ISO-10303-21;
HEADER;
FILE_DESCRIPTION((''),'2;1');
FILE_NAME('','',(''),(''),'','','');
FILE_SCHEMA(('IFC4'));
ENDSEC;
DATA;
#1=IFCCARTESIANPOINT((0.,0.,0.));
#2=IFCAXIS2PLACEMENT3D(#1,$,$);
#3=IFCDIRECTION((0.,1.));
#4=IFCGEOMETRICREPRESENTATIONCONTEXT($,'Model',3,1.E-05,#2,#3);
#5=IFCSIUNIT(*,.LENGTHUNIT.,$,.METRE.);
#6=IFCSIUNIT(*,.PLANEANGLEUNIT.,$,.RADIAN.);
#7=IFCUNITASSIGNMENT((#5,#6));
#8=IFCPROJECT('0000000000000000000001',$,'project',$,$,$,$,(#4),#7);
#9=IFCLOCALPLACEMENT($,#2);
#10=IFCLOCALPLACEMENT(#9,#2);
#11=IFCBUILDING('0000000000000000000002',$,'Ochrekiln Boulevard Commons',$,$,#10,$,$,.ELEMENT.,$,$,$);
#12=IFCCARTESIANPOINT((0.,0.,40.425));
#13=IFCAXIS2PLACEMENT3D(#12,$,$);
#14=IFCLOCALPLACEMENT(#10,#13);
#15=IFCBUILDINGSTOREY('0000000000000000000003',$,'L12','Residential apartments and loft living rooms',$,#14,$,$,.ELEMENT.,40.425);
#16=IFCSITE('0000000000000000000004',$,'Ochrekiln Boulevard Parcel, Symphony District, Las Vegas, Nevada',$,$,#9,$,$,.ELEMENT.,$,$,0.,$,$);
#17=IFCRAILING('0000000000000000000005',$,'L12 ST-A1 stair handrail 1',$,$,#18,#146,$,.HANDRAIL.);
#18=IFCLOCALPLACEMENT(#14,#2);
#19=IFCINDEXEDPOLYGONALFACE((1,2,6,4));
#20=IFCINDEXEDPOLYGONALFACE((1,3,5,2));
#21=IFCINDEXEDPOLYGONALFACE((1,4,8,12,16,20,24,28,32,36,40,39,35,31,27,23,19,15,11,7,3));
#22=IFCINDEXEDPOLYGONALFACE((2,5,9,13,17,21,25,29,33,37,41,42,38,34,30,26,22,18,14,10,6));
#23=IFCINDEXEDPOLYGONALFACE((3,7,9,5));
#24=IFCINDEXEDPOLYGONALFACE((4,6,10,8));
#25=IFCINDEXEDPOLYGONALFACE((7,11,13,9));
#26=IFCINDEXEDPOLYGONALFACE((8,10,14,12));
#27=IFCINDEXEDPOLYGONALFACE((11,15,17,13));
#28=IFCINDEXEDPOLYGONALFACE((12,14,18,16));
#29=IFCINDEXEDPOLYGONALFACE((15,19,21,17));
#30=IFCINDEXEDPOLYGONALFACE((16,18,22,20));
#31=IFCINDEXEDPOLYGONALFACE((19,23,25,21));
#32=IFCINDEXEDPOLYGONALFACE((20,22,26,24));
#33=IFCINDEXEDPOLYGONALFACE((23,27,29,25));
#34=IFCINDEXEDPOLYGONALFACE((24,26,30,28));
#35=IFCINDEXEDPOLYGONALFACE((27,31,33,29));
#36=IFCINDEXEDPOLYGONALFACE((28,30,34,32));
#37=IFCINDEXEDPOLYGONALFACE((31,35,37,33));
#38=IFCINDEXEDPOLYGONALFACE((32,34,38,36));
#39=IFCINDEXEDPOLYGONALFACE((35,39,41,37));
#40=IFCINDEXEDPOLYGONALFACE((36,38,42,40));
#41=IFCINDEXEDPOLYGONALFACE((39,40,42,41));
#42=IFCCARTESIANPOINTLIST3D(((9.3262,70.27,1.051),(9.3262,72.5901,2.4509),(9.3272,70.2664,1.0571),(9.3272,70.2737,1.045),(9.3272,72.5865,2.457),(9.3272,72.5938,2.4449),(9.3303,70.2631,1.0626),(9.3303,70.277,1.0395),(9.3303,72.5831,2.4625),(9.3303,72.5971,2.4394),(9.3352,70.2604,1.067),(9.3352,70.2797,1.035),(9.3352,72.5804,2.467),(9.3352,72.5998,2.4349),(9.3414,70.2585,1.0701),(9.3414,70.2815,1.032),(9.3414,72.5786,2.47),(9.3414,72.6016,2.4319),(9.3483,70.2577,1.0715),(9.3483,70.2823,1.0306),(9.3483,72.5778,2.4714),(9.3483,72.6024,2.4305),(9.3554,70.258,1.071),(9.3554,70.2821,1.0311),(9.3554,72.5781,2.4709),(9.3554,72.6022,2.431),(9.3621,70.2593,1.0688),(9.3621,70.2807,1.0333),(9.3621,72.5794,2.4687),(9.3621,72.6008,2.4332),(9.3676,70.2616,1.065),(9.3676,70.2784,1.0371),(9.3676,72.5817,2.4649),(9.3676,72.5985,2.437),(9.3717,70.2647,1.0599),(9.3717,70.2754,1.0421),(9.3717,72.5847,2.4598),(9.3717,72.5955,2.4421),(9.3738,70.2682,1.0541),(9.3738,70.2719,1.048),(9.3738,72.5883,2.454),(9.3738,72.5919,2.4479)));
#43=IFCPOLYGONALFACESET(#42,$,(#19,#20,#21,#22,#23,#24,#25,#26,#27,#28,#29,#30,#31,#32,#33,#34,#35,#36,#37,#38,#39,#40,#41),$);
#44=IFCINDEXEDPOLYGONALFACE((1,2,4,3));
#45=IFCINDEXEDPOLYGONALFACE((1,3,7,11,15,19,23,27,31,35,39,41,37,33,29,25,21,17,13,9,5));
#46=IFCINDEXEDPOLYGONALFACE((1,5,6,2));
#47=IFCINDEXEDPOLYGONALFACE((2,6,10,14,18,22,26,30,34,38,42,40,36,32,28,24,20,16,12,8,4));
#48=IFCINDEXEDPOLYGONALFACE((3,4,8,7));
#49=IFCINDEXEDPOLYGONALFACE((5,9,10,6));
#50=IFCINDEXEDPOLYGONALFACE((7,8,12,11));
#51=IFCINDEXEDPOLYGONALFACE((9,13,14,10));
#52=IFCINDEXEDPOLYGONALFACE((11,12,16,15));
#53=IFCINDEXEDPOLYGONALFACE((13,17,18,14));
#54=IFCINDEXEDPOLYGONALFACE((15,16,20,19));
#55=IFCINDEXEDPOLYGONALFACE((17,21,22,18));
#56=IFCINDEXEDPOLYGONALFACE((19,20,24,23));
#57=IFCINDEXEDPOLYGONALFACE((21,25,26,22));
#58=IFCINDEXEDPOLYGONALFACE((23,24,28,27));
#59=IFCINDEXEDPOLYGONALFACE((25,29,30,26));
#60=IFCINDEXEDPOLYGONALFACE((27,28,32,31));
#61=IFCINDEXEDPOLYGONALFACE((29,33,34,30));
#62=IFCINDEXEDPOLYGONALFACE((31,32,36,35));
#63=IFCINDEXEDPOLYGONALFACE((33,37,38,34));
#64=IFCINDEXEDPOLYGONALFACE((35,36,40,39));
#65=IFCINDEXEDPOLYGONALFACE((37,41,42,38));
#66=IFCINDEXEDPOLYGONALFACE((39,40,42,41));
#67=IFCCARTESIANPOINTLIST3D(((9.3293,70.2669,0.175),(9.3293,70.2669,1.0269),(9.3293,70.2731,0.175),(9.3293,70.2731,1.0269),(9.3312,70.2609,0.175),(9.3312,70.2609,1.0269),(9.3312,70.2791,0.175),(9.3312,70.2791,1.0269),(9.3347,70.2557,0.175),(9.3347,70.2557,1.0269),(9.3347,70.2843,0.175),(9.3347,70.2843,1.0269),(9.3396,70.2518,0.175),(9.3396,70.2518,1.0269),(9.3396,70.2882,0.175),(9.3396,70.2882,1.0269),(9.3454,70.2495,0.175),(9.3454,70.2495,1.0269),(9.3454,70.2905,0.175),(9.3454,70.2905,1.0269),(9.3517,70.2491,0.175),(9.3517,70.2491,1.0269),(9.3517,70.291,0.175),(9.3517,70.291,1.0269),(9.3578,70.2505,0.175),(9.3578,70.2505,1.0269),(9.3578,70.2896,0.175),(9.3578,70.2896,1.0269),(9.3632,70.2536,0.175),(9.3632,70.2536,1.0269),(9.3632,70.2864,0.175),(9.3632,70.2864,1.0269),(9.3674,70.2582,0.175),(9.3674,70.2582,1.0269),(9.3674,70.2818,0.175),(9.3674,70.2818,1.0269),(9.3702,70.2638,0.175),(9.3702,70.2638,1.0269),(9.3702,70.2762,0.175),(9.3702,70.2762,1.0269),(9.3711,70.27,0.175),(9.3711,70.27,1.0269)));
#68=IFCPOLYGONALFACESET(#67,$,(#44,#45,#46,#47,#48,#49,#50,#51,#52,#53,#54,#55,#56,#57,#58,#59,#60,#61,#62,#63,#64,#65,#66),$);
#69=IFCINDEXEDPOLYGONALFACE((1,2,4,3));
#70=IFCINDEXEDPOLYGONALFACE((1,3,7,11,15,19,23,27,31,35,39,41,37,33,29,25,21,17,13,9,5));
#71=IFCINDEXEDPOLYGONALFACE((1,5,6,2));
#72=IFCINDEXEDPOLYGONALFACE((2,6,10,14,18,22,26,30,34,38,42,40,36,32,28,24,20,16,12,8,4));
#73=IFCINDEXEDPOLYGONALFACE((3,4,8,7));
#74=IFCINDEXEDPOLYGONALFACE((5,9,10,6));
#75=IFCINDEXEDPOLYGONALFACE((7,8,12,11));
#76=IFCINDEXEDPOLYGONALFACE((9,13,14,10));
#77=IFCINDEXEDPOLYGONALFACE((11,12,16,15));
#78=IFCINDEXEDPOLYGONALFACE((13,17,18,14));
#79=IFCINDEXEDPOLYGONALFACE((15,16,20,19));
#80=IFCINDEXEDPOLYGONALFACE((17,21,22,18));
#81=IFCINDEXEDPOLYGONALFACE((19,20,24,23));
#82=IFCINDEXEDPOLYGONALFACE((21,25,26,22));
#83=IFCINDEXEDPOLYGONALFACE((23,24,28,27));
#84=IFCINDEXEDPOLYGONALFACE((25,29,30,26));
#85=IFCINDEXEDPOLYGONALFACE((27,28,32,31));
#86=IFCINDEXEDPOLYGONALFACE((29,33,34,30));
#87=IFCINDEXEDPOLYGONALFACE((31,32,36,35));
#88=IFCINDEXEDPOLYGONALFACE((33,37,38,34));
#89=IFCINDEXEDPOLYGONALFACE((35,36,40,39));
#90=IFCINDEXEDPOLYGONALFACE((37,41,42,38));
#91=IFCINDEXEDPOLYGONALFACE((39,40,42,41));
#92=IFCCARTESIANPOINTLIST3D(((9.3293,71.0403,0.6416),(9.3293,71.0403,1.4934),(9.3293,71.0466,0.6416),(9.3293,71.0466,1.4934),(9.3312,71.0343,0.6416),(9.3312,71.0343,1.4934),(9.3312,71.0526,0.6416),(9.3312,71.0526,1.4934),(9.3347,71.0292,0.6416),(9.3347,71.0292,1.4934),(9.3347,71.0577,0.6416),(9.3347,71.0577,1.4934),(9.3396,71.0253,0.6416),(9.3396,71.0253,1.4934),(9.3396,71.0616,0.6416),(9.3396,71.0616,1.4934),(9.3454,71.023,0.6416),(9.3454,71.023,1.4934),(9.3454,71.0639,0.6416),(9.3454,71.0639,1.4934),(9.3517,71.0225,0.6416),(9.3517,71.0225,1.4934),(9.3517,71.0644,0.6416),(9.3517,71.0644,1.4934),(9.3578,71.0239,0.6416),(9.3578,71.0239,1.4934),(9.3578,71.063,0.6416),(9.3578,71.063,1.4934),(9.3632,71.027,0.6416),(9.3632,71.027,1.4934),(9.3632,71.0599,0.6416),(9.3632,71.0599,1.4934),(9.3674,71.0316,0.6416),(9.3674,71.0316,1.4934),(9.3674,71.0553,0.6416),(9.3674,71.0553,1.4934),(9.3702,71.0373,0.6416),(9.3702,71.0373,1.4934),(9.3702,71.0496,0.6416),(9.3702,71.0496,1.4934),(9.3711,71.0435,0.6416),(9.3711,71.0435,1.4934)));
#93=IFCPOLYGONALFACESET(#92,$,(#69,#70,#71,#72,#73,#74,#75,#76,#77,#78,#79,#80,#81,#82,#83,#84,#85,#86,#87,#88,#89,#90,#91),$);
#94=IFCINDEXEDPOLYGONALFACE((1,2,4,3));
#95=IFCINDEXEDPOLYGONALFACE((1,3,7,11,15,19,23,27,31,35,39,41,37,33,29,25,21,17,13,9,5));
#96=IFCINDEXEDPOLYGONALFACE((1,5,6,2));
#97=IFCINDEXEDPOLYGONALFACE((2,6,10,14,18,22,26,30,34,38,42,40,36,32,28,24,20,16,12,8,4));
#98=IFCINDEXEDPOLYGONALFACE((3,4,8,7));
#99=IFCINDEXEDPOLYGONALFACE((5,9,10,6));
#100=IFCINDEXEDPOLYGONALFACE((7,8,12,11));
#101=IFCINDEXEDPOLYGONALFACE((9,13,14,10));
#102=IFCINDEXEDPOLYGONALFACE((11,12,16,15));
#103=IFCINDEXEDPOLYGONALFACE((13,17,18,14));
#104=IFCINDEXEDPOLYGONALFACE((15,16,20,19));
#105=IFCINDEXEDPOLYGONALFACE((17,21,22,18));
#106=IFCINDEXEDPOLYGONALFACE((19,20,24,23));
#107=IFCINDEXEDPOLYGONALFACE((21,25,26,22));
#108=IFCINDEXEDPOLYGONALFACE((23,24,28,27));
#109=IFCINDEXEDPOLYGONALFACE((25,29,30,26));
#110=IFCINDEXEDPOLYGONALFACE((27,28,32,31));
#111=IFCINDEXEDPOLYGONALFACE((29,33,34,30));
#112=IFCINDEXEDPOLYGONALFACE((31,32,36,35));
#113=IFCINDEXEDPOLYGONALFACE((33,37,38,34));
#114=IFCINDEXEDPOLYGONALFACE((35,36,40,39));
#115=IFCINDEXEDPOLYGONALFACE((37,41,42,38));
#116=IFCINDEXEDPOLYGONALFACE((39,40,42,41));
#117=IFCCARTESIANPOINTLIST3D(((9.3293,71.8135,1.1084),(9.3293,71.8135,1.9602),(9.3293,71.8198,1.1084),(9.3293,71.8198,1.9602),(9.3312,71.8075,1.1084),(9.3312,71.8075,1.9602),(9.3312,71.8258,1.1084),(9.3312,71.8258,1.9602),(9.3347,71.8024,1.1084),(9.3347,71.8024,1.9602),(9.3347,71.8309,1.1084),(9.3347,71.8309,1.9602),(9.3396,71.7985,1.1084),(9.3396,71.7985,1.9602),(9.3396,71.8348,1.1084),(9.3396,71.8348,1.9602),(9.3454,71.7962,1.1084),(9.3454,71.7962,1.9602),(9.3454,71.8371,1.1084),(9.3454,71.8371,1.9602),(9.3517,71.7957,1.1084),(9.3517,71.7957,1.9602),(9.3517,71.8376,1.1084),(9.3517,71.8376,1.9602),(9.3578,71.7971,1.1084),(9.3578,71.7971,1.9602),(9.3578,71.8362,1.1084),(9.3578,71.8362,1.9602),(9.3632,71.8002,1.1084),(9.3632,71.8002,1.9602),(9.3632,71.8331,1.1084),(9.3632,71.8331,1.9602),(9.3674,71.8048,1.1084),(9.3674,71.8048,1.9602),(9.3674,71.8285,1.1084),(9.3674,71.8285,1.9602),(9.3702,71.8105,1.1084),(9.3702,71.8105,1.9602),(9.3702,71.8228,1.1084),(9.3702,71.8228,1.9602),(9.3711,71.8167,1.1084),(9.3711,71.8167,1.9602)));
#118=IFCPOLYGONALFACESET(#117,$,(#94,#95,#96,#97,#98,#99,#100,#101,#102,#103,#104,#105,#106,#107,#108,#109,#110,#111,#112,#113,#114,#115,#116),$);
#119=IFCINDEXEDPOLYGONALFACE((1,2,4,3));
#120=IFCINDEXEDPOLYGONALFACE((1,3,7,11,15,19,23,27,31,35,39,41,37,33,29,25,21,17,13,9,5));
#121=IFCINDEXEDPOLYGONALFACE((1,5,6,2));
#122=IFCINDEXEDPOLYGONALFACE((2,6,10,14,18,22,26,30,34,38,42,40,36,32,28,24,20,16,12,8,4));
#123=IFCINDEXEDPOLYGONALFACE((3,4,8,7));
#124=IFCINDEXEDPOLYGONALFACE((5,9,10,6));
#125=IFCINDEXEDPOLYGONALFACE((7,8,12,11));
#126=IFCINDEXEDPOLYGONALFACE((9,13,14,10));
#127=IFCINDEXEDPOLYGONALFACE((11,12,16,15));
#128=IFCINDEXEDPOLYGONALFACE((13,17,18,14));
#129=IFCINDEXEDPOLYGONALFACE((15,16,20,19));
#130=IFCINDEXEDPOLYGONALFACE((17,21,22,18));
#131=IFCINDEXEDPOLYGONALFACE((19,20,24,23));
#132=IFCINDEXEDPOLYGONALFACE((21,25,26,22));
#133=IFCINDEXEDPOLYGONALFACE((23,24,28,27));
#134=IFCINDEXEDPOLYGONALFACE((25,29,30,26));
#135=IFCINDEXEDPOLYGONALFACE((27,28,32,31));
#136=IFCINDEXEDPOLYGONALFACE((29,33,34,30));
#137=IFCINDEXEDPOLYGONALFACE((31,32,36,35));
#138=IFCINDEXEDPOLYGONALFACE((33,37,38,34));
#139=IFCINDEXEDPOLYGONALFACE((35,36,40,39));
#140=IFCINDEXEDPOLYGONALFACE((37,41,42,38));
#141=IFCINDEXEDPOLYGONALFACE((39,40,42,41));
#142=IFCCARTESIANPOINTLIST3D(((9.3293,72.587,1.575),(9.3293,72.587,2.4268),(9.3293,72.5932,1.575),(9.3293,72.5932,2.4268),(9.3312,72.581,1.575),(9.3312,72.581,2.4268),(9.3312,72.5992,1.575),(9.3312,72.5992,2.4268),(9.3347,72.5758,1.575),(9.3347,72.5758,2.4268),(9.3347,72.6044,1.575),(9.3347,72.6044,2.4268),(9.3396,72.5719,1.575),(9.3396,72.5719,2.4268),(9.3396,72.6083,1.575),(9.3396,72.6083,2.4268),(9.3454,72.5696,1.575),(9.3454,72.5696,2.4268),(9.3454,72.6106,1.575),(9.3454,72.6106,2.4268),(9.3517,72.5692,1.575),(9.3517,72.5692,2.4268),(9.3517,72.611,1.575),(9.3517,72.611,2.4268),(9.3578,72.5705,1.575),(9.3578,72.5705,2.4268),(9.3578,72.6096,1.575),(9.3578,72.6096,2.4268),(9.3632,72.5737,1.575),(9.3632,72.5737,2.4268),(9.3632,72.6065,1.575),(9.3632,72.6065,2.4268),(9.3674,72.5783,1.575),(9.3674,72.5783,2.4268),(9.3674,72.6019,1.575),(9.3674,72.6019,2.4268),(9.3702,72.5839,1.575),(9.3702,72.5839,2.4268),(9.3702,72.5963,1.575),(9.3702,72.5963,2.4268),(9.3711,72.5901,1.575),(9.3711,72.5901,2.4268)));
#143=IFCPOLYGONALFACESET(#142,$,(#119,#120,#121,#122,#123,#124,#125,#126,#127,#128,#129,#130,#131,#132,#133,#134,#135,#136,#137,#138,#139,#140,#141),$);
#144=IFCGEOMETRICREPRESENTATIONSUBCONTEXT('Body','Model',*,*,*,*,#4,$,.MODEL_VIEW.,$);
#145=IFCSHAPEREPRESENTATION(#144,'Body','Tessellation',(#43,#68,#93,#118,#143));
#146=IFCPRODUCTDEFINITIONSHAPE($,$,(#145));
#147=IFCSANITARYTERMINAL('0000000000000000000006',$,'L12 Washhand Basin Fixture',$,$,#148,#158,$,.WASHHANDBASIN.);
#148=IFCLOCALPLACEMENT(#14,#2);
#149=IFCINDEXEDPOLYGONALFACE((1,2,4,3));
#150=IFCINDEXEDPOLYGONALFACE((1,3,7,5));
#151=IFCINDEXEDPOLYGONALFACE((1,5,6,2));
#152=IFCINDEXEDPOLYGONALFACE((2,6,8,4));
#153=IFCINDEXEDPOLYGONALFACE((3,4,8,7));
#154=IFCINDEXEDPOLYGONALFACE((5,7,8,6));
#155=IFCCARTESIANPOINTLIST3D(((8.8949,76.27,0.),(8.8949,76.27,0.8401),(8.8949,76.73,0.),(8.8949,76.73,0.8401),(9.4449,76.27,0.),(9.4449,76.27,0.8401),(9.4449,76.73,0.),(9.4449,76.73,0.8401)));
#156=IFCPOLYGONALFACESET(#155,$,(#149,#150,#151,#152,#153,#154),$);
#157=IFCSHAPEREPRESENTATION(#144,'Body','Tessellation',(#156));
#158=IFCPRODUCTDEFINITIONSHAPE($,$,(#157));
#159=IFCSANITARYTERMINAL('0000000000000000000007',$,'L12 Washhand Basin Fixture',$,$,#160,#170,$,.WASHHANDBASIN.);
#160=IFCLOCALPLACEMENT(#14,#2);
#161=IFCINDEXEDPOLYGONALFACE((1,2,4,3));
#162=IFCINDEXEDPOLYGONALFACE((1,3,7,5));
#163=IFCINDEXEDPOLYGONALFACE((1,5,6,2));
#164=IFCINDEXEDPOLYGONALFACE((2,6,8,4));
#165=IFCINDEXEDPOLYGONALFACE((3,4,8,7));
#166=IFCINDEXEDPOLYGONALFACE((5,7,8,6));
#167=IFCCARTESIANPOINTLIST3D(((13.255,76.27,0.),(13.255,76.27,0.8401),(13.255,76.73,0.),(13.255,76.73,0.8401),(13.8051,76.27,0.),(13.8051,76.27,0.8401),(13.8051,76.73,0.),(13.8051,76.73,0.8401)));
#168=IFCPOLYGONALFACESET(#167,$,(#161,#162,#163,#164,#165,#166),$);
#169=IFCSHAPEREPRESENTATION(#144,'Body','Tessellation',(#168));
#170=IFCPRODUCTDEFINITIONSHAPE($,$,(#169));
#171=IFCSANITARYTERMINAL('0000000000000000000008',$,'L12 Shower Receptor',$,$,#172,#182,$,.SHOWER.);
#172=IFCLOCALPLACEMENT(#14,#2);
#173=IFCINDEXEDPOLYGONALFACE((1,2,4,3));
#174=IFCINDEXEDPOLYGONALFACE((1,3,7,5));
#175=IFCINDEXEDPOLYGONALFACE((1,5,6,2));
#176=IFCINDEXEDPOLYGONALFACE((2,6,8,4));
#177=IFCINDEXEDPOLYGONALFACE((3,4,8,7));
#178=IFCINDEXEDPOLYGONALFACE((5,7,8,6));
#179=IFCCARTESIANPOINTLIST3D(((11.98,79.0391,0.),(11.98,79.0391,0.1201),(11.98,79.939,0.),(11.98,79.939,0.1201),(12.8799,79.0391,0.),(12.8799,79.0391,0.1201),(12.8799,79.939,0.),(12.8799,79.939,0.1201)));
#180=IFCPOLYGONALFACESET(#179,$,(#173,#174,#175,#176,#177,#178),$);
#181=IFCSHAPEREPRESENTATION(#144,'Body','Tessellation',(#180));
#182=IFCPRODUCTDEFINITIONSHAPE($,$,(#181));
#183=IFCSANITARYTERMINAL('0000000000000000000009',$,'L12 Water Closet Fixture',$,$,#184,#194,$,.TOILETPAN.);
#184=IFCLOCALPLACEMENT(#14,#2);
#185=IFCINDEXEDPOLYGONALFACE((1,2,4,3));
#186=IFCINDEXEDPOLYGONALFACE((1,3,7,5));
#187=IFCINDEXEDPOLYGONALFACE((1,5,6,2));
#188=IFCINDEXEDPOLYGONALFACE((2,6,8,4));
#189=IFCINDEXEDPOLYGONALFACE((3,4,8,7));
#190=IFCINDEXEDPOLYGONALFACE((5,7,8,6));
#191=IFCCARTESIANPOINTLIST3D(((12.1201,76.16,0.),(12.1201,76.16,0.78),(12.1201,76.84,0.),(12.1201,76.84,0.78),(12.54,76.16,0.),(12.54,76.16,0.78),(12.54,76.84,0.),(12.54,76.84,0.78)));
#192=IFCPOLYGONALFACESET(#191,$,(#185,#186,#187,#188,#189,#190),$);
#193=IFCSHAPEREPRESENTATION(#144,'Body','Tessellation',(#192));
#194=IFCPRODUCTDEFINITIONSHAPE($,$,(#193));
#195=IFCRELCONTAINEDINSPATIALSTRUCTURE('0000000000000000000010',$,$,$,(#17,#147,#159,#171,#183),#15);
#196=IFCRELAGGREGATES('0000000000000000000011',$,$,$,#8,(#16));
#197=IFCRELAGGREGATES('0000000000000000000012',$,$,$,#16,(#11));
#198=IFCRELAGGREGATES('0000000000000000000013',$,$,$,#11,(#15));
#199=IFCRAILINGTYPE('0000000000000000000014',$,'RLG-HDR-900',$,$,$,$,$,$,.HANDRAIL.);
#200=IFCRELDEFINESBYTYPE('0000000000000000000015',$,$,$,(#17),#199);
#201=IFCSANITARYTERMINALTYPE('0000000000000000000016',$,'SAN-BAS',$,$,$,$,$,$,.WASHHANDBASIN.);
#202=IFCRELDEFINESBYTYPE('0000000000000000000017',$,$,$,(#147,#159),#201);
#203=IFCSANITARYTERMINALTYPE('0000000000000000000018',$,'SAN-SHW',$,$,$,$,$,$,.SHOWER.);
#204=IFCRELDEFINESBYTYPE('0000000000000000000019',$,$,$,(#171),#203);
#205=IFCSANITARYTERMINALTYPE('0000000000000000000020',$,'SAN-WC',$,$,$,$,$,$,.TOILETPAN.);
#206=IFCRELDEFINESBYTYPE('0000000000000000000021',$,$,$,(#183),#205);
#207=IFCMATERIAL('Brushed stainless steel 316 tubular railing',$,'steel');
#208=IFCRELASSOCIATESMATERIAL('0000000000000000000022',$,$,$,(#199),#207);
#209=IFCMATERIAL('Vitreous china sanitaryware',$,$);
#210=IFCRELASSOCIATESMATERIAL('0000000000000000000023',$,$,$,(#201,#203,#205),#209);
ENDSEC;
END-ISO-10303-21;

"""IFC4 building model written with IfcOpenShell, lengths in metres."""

from ifc_helpers import new_model, si_unit, direction, frame, origin, origin_2d, place, context, subcontext, project, spatial, rectangle, circle, extrude, material, type_object, element, save


model = new_model("IFC4")

# Units and contexts
model_context = context("Model", 3, precision=1e-05, world=origin(), true_north=direction((0.0, 1.0)))
body_context = subcontext(model_context, "Body", "Model", "MODEL_VIEW")
ifc_project = project(units=[si_unit("LENGTHUNIT", "METRE"), si_unit("PLANEANGLEUNIT", "RADIAN")], contexts=[model_context])

# Site, building, storey
site_placement = place(None, origin())
site = spatial("IfcSite", under=ifc_project, at=site_placement, Name="Ochrekiln Boulevard Parcel, Symphony District, Las Vegas, Nevada", CompositionType="ELEMENT", RefElevation=0.0)
building_placement = place(site_placement, origin())
building = spatial("IfcBuilding", under=site, at=building_placement, Name="Ochrekiln Boulevard Commons", CompositionType="ELEMENT")
storey_placement = place(building_placement, frame((0.0, 0.0, 40.425)))
storey = spatial("IfcBuildingStorey", under=building, at=storey_placement, Name="L12", Description="Residential apartments and loft living rooms", CompositionType="ELEMENT", Elevation=40.425)

# Railing
ifc_material_1 = material(Name="Brushed stainless steel 316 tubular railing", Category="steel")
railing_type = type_object("IfcRailingType", Name="RLG-HDR-900", PredefinedType="HANDRAIL", material=ifc_material_1)
railing_placement = place(storey_placement, frame((9.3501, 70.27, 0.175)))
element("IfcRailing", 1, at=railing_placement, inside=storey, type_object=railing_type, Name="L12 ST-A1 stair handrail 1", PredefinedType="HANDRAIL", context=body_context, shape_type="SweptSolid", body=[
    extrude(circle(Radius=0.0239, at=origin_2d()), frame((0.0, 0.0, 0.876), z_axis=(0.0, 0.85621, 0.516627), x_axis=(-1.0, 0.0, 0.0)), (0.0, 0.0, 1.0), 2.7097),
    extrude(circle(Radius=0.021, at=origin_2d()), origin(), (0.0, 0.0, 1.0), 0.8518),
    extrude(circle(Radius=0.021, at=origin_2d()), frame((0.0, 0.7734, 0.4666)), (0.0, 0.0, 1.0), 0.8518),
    extrude(circle(Radius=0.021, at=origin_2d()), frame((0.0, 1.5466, 0.9333)), (0.0, 0.0, 1.0), 0.8518),
    extrude(circle(Radius=0.021, at=origin_2d()), frame((0.0, 2.3201, 1.3999)), (0.0, 0.0, 1.0), 0.8518),
])

# Sanitary terminals
ifc_material_2 = material(Name="Vitreous china sanitaryware")
sanitary_terminal_type_1 = type_object("IfcSanitaryTerminalType", Name="SAN-BAS", PredefinedType="WASHHANDBASIN", material=ifc_material_2)
for number, where, z_axis, x_axis, name in (
    (2, (9.1699, 76.5, 0.0), (0.0, 0.0, 1.0), (1.0, 0.0, 0.0), "L12 Washhand Basin Fixture"),
    (3, (13.53, 76.5, 0.0), (0.0, 0.0, 1.0), (1.0, 0.0, 0.0), "L12 Washhand Basin Fixture"),
):
    element("IfcSanitaryTerminal", number, at=place(storey_placement, frame(where, z_axis=z_axis, x_axis=x_axis)), inside=storey, type_object=sanitary_terminal_type_1, Name=name, PredefinedType="WASHHANDBASIN", context=body_context, shape_type="SweptSolid", body=[
        extrude(rectangle(XDim=0.55, YDim=0.46, at=origin_2d()), origin(), (0.0, 0.0, 1.0), 0.8401),
    ])
sanitary_terminal_type_2 = type_object("IfcSanitaryTerminalType", Name="SAN-SHW", PredefinedType="SHOWER", material=ifc_material_2)
sanitary_terminal_1_placement = place(storey_placement, frame((12.4299, 79.489, 0.0), z_axis=(0.0, 0.0, 1.0), x_axis=(1.0, 0.0, 0.0)))
element("IfcSanitaryTerminal", 4, at=sanitary_terminal_1_placement, inside=storey, type_object=sanitary_terminal_type_2, Name="L12 Shower Receptor", PredefinedType="SHOWER", context=body_context, shape_type="SweptSolid", body=[
    extrude(rectangle(XDim=0.8999, YDim=0.8999, at=origin_2d()), origin(), (0.0, 0.0, 1.0), 0.1201),
])
sanitary_terminal_type_3 = type_object("IfcSanitaryTerminalType", Name="SAN-WC", PredefinedType="TOILETPAN", material=ifc_material_2)
sanitary_terminal_2_placement = place(storey_placement, frame((12.3301, 76.5, 0.0), z_axis=(0.0, 0.0, 1.0), x_axis=(1.0, 0.0, 0.0)))
element("IfcSanitaryTerminal", 5, at=sanitary_terminal_2_placement, inside=storey, type_object=sanitary_terminal_type_3, Name="L12 Water Closet Fixture", PredefinedType="TOILETPAN", context=body_context, shape_type="SweptSolid", body=[
    extrude(rectangle(XDim=0.4199, YDim=0.6799, at=origin_2d()), origin(), (0.0, 0.0, 1.0), 0.78),
])

save(model, "model.ifc")
